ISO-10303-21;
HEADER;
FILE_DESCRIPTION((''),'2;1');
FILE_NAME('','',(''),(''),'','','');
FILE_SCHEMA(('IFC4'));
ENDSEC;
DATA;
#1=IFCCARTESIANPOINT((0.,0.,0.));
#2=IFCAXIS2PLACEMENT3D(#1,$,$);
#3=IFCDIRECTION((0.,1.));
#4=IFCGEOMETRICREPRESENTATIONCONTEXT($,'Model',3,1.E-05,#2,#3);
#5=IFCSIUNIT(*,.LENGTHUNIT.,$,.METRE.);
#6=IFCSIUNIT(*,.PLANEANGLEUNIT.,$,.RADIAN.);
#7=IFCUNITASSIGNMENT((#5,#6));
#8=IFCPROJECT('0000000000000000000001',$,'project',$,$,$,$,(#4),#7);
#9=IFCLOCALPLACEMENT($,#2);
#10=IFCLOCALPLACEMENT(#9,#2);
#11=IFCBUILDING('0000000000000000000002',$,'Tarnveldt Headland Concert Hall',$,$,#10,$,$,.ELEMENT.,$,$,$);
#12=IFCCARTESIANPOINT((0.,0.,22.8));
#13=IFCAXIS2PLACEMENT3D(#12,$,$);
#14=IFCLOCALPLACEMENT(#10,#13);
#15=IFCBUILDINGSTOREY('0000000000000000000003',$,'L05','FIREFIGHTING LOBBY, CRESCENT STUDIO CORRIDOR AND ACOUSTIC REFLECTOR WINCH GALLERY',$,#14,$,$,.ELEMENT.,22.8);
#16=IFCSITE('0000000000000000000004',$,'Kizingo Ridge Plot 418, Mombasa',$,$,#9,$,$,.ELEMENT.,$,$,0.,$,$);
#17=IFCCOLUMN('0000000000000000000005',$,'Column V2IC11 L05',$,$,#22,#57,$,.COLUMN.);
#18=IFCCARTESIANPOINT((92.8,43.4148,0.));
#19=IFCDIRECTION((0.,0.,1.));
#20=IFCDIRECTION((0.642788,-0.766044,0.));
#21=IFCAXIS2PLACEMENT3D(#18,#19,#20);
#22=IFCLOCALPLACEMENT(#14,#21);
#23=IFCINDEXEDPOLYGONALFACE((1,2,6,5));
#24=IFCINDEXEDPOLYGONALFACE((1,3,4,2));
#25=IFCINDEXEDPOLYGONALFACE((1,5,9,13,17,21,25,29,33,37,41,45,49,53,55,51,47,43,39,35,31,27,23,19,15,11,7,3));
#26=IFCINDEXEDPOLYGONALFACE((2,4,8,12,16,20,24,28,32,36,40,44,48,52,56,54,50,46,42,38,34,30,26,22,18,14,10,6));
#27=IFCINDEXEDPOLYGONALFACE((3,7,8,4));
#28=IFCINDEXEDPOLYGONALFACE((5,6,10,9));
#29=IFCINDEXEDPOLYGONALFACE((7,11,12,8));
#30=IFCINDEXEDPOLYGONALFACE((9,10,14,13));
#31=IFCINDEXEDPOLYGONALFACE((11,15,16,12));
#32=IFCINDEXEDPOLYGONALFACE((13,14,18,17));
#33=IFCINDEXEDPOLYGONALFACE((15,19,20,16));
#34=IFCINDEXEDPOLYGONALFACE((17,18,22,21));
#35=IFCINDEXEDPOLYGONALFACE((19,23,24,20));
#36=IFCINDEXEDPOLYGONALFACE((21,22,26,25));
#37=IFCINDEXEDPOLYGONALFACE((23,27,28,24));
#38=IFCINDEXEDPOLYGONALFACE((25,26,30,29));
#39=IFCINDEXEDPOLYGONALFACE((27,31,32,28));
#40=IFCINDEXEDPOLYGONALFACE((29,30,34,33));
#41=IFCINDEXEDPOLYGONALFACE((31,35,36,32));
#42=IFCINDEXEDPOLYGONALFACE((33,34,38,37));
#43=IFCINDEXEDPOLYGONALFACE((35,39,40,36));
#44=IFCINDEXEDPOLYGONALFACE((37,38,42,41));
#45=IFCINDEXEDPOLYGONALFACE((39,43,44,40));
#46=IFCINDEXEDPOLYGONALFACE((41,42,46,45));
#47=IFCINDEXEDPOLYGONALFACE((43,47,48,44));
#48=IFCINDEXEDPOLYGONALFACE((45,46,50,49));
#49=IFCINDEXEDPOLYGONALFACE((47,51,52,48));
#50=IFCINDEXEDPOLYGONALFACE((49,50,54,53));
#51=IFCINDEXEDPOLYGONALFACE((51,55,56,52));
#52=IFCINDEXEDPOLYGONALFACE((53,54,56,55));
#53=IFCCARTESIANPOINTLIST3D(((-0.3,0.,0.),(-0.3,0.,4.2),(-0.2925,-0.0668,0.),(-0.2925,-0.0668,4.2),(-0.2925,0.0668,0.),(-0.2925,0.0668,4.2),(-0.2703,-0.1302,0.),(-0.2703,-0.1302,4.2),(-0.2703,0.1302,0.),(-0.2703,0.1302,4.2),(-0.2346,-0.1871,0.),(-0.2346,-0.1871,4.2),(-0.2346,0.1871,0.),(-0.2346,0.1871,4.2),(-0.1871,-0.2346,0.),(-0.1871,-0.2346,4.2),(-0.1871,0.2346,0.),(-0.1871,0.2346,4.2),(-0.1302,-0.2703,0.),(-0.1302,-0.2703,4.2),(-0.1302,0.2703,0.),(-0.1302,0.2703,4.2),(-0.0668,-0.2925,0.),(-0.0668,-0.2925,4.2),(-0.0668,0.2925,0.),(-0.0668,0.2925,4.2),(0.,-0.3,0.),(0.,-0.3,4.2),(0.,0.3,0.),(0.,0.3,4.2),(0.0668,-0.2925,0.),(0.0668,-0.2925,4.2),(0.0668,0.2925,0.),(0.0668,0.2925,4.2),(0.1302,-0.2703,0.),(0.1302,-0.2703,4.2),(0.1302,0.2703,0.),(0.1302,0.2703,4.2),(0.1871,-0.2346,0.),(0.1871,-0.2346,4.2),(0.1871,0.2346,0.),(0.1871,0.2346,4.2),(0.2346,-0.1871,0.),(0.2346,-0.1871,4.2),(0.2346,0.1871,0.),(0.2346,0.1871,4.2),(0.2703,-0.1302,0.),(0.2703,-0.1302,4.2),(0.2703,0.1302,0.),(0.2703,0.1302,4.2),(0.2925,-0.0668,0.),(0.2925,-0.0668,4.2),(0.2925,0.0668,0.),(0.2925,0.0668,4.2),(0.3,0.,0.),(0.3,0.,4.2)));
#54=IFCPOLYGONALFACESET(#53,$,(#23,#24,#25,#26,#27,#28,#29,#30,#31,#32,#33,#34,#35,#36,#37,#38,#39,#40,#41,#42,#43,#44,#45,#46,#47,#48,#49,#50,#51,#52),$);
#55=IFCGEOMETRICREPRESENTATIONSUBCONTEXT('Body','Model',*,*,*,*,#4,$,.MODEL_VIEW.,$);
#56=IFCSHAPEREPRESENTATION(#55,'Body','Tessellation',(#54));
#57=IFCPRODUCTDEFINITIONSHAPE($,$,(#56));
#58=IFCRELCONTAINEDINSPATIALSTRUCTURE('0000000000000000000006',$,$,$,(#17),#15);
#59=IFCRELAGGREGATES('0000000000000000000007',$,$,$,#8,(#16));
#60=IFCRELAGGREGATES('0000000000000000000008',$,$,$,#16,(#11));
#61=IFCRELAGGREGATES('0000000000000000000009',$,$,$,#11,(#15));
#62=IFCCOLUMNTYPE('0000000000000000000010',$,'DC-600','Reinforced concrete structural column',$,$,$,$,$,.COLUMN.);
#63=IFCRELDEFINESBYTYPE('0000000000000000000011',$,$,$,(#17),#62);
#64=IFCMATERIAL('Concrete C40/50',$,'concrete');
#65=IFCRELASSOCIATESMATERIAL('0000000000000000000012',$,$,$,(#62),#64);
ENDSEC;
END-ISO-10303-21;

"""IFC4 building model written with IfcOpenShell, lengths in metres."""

from ifc_helpers import new_model, si_unit, direction, frame, origin, origin_2d, place, context, subcontext, project, spatial, circle, extrude, material, material_profile, profile_set, type_object, element, save


model = new_model("IFC4")

# Units and contexts
model_context = context("Model", 3, precision=1e-05, world=origin(), true_north=direction((0.0, 1.0)))
body_context = subcontext(model_context, "Body", "Model", "MODEL_VIEW")
ifc_project = project(units=[si_unit("LENGTHUNIT", "METRE"), si_unit("PLANEANGLEUNIT", "RADIAN")], contexts=[model_context])

# Site, building, storey
site_placement = place(None, origin())
site = spatial("IfcSite", under=ifc_project, at=site_placement, Name="Kizingo Ridge Plot 418, Mombasa", CompositionType="ELEMENT", RefElevation=0.0)
building_placement = place(site_placement, origin())
building = spatial("IfcBuilding", under=site, at=building_placement, Name="Tarnveldt Headland Concert Hall", CompositionType="ELEMENT")
storey_placement = place(building_placement, frame((0.0, 0.0, 22.8)))
storey = spatial("IfcBuildingStorey", under=building, at=storey_placement, Name="L05", Description="FIREFIGHTING LOBBY, CRESCENT STUDIO CORRIDOR AND ACOUSTIC REFLECTOR WINCH GALLERY", CompositionType="ELEMENT", Elevation=22.8)

# Column
ifc_material_1 = material(Name="Concrete C40/50", Category="concrete")
ifc_material_profile_1 = material_profile(ifc_material_1, circle(Radius=0.3, at=origin_2d()), Name="RC D600", Category="concrete")
ifc_profile_set_1 = profile_set([ifc_material_profile_1], Name="Concrete C40/50")
column_type = type_object("IfcColumnType", Name="DC-600", Description="Reinforced concrete structural column", PredefinedType="COLUMN", material=ifc_profile_set_1)
column_placement = place(storey_placement, frame((92.8, 43.4148, 0.0), z_axis=(0.0, 0.0, 1.0), x_axis=(0.642788, -0.766044, 0.0)))
element("IfcColumn", 1, at=column_placement, inside=storey, type_object=column_type, Name="Column V2IC11 L05", PredefinedType="COLUMN", context=body_context, shape_type="SweptSolid", body=[
    extrude(circle(Radius=0.3, at=origin_2d()), origin(), (0.0, 0.0, 1.0), 4.2),
])

save(model, "model.ifc")
